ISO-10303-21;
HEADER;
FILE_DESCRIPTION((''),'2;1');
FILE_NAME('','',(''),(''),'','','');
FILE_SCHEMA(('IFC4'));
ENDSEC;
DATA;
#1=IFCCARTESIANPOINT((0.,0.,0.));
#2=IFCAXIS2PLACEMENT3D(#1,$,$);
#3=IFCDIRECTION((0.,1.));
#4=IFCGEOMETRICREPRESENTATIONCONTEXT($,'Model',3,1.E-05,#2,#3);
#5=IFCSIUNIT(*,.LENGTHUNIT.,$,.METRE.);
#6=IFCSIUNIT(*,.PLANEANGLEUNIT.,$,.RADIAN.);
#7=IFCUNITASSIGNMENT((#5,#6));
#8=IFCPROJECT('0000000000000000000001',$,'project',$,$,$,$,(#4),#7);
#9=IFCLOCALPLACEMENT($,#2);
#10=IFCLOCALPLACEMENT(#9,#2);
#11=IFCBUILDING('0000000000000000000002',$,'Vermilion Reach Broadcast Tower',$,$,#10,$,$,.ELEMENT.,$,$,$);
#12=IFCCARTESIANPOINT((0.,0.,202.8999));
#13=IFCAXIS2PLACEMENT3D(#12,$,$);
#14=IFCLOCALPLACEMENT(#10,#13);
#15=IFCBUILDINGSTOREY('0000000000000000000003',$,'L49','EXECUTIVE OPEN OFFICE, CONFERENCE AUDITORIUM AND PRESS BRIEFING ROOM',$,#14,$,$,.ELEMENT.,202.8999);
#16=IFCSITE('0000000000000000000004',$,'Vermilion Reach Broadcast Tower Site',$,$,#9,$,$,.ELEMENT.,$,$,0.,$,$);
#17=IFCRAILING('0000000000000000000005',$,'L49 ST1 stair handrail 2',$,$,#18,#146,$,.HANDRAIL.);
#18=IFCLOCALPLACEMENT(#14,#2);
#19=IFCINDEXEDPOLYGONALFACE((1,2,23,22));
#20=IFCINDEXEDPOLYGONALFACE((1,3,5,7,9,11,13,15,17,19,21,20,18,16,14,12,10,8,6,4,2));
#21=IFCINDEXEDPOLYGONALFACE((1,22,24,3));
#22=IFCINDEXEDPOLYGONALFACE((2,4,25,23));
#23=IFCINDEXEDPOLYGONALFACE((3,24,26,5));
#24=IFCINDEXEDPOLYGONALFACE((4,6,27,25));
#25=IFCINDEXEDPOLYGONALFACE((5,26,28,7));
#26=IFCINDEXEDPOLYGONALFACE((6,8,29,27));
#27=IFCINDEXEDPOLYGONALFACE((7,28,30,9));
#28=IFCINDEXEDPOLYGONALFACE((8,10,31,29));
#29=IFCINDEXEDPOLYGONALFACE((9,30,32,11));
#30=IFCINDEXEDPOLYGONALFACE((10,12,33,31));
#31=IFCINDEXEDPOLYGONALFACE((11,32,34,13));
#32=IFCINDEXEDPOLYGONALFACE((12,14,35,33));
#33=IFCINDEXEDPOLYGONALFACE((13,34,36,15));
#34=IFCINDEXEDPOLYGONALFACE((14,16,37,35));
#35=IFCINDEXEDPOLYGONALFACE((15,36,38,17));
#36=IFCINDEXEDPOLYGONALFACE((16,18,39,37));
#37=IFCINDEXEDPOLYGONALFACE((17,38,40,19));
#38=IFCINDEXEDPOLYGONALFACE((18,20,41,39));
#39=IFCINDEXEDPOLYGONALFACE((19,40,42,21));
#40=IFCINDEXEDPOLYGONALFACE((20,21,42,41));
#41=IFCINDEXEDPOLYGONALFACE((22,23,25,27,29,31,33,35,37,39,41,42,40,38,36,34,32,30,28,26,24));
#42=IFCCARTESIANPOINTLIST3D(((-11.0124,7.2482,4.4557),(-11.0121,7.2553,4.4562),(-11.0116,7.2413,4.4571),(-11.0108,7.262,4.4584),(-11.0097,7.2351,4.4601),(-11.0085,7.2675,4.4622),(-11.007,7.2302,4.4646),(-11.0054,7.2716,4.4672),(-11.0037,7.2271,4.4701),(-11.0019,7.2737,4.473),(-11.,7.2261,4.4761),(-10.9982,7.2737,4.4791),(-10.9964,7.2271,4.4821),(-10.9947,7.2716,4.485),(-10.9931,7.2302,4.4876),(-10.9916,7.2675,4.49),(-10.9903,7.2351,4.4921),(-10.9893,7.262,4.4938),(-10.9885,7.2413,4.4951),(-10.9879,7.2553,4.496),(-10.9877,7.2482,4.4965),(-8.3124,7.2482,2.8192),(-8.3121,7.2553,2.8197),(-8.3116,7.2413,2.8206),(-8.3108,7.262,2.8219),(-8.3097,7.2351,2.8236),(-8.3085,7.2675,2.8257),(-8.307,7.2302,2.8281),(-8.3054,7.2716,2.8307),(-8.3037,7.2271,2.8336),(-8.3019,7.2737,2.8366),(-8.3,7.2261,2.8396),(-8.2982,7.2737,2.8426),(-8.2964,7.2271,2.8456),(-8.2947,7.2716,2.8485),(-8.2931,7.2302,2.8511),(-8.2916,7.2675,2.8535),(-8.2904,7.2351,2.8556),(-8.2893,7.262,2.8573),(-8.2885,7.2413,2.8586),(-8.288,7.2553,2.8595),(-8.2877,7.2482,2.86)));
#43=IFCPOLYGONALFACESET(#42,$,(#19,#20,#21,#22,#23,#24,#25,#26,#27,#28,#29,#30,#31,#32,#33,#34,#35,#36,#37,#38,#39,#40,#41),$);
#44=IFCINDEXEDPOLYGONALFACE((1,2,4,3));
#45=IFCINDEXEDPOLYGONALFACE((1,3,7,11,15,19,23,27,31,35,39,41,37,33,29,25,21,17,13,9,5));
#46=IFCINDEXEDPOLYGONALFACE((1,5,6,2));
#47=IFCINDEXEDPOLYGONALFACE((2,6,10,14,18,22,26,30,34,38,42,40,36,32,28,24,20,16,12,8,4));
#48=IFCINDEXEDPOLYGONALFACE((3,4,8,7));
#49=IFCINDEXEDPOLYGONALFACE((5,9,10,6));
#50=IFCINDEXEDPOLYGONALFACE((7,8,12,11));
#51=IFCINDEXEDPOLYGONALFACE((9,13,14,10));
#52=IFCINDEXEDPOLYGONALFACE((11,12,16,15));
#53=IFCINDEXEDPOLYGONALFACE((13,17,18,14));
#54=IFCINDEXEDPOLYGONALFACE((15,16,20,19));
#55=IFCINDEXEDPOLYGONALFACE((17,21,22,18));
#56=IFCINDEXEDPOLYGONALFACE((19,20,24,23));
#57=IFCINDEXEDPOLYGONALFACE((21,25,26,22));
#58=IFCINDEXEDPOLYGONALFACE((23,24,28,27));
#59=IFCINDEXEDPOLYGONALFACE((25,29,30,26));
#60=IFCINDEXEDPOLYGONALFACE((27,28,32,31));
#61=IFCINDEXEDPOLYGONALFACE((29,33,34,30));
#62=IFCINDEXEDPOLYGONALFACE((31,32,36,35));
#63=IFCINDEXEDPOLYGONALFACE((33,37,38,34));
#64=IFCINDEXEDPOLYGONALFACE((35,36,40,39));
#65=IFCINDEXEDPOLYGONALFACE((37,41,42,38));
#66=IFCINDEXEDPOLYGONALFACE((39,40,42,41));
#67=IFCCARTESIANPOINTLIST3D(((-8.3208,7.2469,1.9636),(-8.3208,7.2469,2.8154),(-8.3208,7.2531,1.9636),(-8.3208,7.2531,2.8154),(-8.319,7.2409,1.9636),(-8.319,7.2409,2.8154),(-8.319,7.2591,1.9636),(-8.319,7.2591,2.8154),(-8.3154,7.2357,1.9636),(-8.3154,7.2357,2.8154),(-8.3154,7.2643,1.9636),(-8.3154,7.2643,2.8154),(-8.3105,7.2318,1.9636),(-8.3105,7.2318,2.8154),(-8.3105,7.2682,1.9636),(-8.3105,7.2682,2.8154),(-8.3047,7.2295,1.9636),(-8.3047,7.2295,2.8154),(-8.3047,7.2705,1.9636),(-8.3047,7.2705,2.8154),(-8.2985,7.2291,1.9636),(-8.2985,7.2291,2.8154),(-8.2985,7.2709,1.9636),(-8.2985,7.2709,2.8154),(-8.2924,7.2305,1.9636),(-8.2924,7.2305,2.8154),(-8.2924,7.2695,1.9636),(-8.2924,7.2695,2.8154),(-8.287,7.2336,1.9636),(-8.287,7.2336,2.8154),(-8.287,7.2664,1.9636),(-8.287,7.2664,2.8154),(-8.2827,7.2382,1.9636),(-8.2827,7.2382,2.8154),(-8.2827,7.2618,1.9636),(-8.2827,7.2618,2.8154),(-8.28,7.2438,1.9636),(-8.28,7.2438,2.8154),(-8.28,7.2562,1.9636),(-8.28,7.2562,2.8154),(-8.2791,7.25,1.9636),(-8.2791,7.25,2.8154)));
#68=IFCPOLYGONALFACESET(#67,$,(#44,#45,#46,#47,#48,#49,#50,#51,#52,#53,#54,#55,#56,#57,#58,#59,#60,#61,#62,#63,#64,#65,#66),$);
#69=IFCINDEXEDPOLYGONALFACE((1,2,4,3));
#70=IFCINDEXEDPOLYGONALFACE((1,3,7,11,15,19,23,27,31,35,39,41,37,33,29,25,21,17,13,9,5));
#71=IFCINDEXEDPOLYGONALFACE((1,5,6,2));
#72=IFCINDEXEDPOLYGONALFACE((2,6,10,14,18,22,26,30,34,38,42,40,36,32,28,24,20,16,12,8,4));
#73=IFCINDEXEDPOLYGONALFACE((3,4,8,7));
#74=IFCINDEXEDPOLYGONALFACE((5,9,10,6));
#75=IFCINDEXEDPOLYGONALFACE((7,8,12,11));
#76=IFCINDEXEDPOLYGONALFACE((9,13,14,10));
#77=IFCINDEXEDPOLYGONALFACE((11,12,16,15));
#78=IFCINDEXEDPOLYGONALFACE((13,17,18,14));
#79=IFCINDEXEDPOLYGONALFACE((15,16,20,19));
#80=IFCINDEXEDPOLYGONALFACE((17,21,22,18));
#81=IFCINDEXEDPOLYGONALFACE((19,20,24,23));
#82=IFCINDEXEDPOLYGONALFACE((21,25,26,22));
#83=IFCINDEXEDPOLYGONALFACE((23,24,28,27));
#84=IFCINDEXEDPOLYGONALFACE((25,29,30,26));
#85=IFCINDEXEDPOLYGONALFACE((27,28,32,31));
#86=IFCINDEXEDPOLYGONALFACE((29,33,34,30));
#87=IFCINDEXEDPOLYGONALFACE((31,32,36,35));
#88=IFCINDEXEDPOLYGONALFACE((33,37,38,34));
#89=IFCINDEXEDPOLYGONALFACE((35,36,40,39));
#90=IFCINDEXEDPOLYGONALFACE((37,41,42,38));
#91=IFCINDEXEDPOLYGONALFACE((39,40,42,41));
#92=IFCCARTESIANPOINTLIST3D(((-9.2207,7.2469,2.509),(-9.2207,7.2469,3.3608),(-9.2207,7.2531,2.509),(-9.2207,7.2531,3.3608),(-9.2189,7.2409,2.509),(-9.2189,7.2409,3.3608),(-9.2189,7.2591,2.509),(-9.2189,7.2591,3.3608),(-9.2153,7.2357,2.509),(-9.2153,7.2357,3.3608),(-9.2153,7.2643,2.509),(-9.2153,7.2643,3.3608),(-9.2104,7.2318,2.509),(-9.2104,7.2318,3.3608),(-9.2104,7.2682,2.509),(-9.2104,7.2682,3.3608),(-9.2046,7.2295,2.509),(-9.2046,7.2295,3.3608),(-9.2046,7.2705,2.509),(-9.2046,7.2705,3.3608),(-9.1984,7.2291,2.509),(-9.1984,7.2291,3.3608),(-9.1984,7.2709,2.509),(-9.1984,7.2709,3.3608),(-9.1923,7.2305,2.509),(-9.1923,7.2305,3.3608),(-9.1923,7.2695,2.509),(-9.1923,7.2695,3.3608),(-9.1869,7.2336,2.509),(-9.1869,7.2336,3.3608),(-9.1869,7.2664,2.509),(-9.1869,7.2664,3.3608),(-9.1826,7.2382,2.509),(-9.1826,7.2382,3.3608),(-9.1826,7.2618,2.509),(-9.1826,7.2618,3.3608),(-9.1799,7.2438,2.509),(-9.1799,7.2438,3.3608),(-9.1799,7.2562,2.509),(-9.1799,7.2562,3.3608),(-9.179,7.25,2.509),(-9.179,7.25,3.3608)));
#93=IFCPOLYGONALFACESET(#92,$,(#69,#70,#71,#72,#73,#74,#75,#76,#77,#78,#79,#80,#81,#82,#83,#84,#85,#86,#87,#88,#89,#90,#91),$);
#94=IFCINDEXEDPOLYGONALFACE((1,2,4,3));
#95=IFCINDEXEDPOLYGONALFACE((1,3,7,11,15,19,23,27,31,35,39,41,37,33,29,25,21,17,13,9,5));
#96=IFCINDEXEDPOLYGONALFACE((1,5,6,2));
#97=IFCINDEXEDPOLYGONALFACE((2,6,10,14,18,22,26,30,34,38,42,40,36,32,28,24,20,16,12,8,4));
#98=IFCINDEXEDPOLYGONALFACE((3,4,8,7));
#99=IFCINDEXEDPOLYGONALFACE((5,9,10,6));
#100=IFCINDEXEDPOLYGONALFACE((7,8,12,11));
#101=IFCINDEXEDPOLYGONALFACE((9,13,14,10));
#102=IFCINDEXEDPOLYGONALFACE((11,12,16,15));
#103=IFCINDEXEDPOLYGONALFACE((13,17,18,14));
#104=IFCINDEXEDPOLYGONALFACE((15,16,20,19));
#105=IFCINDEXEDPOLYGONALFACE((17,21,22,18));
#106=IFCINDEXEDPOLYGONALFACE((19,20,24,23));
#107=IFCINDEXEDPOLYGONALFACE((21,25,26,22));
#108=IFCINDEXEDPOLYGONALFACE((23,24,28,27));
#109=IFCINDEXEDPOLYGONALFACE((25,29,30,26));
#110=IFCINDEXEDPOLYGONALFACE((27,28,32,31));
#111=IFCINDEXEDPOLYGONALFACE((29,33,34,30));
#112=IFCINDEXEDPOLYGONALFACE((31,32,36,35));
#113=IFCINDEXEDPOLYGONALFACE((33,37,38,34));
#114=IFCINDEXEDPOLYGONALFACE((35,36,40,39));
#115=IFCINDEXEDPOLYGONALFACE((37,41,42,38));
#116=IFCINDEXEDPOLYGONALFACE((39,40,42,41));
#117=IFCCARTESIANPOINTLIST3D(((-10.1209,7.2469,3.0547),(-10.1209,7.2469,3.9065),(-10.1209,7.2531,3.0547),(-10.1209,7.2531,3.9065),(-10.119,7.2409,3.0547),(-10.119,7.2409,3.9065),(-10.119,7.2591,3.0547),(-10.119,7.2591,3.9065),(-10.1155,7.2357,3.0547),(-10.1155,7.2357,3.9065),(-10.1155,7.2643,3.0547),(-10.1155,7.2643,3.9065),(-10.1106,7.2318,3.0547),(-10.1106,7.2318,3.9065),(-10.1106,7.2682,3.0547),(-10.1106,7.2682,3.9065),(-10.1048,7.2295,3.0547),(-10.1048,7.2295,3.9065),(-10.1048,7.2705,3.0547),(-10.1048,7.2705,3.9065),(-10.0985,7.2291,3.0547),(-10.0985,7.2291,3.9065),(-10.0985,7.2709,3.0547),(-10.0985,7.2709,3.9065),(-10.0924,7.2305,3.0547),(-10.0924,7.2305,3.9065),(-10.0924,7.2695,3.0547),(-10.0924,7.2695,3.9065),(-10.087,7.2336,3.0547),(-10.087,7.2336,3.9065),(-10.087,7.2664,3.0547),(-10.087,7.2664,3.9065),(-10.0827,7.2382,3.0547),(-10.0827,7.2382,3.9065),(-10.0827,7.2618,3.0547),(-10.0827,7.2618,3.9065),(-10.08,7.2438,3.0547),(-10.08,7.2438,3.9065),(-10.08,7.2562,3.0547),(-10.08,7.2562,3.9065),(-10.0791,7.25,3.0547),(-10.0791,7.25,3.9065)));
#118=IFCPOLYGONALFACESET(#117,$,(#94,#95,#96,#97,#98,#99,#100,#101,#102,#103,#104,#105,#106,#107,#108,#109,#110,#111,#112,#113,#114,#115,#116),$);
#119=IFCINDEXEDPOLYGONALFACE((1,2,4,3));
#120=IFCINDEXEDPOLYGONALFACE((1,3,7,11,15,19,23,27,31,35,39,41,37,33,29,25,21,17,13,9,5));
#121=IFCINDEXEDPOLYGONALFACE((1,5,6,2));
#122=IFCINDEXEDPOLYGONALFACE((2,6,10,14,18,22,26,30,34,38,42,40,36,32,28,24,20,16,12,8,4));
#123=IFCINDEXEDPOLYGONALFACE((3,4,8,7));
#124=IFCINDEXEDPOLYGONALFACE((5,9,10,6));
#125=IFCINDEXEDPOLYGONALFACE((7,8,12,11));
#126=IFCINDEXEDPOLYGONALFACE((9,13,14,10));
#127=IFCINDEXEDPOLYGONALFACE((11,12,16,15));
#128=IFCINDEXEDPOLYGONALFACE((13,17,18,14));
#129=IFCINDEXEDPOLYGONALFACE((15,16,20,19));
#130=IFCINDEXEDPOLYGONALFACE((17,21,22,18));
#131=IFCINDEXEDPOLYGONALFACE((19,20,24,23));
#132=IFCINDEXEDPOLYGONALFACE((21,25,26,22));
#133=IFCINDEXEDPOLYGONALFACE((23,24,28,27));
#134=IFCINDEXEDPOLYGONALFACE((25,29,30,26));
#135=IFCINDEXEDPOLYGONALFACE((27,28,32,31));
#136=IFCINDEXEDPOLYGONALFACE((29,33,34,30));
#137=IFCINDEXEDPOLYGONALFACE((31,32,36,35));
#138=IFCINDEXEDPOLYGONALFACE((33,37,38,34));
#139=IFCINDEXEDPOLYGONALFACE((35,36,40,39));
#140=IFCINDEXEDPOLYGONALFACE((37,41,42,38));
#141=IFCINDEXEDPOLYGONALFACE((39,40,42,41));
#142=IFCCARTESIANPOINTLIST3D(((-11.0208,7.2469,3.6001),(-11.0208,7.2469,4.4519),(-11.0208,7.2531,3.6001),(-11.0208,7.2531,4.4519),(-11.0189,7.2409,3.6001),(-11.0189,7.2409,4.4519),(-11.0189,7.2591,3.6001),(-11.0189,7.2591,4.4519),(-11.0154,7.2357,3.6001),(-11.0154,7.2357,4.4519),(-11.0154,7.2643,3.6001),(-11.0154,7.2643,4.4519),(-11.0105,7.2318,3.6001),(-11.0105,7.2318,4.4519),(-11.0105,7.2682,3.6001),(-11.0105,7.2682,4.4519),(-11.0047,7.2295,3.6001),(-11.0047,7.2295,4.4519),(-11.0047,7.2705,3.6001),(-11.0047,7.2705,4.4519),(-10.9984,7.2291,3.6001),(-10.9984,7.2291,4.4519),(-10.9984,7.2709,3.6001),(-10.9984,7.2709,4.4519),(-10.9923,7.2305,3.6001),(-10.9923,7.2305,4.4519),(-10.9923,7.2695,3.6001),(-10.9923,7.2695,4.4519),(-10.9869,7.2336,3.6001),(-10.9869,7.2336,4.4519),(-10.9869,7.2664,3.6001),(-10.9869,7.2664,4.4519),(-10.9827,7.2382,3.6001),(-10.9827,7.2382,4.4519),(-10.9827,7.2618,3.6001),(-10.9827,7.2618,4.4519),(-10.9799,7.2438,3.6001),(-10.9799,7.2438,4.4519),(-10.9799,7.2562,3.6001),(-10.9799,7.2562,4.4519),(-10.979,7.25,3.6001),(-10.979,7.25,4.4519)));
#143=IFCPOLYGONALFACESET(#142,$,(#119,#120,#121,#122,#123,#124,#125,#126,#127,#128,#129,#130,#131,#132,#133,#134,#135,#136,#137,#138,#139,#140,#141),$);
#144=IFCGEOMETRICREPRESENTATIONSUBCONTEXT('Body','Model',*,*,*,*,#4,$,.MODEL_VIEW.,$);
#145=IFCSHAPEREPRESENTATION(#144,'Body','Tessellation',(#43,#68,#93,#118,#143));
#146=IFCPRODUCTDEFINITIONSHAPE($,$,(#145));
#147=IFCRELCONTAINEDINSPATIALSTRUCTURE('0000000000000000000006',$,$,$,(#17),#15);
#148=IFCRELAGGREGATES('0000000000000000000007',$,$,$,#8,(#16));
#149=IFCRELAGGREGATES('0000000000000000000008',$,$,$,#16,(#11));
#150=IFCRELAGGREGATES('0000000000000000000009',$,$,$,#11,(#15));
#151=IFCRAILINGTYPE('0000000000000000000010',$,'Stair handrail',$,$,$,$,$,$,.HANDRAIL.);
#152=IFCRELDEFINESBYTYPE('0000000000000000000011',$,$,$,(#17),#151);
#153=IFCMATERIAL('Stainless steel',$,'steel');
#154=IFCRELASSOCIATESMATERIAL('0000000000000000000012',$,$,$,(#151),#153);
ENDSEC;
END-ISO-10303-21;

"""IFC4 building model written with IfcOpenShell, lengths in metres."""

from ifc_helpers import new_model, si_unit, direction, frame, origin, origin_2d, place, context, subcontext, project, spatial, circle, extrude, material, type_object, element, save


model = new_model("IFC4")

# Units and contexts
model_context = context("Model", 3, precision=1e-05, world=origin(), true_north=direction((0.0, 1.0)))
body_context = subcontext(model_context, "Body", "Model", "MODEL_VIEW")
ifc_project = project(units=[si_unit("LENGTHUNIT", "METRE"), si_unit("PLANEANGLEUNIT", "RADIAN")], contexts=[model_context])

# Site, building, storey
site_placement = place(None, origin())
site = spatial("IfcSite", under=ifc_project, at=site_placement, Name="Vermilion Reach Broadcast Tower Site", CompositionType="ELEMENT", RefElevation=0.0)
building_placement = place(site_placement, origin())
building = spatial("IfcBuilding", under=site, at=building_placement, Name="Vermilion Reach Broadcast Tower", CompositionType="ELEMENT")
storey_placement = place(building_placement, frame((0.0, 0.0, 202.8999)))
storey = spatial("IfcBuildingStorey", under=building, at=storey_placement, Name="L49", Description="EXECUTIVE OPEN OFFICE, CONFERENCE AUDITORIUM AND PRESS BRIEFING ROOM", CompositionType="ELEMENT", Elevation=202.8999)

# Railing
ifc_material_1 = material(Name="Stainless steel", Category="steel")
railing_type_1 = type_object("IfcRailingType", Name="Stair handrail", PredefinedType="HANDRAIL", material=ifc_material_1)
railing_1_placement = place(storey_placement, frame((-8.3, 7.25, 1.9636)))
element("IfcRailing", 1, at=railing_1_placement, inside=storey, type_object=railing_type_1, Name="L49 ST1 stair handrail 2", PredefinedType="HANDRAIL", context=body_context, shape_type="SweptSolid", body=[
    extrude(circle(Radius=0.0239, at=origin_2d()), frame((0.0, 0.0, 0.876), z_axis=(-0.855178, 0.0, 0.518334), x_axis=(0.0, -1.0, 0.0)), (0.0, 0.0, 1.0), 3.1572),
    extrude(circle(Radius=0.021, at=origin_2d()), origin(), (0.0, 0.0, 1.0), 0.8518),
    extrude(circle(Radius=0.021, at=origin_2d()), frame((-0.8999, 0.0, 0.5454)), (0.0, 0.0, 1.0), 0.8518),
    extrude(circle(Radius=0.021, at=origin_2d()), frame((-1.8, 0.0, 1.0911)), (0.0, 0.0, 1.0), 0.8518),
    extrude(circle(Radius=0.021, at=origin_2d()), frame((-2.7, 0.0, 1.6365)), (0.0, 0.0, 1.0), 0.8518),
])

save(model, "model.ifc")
